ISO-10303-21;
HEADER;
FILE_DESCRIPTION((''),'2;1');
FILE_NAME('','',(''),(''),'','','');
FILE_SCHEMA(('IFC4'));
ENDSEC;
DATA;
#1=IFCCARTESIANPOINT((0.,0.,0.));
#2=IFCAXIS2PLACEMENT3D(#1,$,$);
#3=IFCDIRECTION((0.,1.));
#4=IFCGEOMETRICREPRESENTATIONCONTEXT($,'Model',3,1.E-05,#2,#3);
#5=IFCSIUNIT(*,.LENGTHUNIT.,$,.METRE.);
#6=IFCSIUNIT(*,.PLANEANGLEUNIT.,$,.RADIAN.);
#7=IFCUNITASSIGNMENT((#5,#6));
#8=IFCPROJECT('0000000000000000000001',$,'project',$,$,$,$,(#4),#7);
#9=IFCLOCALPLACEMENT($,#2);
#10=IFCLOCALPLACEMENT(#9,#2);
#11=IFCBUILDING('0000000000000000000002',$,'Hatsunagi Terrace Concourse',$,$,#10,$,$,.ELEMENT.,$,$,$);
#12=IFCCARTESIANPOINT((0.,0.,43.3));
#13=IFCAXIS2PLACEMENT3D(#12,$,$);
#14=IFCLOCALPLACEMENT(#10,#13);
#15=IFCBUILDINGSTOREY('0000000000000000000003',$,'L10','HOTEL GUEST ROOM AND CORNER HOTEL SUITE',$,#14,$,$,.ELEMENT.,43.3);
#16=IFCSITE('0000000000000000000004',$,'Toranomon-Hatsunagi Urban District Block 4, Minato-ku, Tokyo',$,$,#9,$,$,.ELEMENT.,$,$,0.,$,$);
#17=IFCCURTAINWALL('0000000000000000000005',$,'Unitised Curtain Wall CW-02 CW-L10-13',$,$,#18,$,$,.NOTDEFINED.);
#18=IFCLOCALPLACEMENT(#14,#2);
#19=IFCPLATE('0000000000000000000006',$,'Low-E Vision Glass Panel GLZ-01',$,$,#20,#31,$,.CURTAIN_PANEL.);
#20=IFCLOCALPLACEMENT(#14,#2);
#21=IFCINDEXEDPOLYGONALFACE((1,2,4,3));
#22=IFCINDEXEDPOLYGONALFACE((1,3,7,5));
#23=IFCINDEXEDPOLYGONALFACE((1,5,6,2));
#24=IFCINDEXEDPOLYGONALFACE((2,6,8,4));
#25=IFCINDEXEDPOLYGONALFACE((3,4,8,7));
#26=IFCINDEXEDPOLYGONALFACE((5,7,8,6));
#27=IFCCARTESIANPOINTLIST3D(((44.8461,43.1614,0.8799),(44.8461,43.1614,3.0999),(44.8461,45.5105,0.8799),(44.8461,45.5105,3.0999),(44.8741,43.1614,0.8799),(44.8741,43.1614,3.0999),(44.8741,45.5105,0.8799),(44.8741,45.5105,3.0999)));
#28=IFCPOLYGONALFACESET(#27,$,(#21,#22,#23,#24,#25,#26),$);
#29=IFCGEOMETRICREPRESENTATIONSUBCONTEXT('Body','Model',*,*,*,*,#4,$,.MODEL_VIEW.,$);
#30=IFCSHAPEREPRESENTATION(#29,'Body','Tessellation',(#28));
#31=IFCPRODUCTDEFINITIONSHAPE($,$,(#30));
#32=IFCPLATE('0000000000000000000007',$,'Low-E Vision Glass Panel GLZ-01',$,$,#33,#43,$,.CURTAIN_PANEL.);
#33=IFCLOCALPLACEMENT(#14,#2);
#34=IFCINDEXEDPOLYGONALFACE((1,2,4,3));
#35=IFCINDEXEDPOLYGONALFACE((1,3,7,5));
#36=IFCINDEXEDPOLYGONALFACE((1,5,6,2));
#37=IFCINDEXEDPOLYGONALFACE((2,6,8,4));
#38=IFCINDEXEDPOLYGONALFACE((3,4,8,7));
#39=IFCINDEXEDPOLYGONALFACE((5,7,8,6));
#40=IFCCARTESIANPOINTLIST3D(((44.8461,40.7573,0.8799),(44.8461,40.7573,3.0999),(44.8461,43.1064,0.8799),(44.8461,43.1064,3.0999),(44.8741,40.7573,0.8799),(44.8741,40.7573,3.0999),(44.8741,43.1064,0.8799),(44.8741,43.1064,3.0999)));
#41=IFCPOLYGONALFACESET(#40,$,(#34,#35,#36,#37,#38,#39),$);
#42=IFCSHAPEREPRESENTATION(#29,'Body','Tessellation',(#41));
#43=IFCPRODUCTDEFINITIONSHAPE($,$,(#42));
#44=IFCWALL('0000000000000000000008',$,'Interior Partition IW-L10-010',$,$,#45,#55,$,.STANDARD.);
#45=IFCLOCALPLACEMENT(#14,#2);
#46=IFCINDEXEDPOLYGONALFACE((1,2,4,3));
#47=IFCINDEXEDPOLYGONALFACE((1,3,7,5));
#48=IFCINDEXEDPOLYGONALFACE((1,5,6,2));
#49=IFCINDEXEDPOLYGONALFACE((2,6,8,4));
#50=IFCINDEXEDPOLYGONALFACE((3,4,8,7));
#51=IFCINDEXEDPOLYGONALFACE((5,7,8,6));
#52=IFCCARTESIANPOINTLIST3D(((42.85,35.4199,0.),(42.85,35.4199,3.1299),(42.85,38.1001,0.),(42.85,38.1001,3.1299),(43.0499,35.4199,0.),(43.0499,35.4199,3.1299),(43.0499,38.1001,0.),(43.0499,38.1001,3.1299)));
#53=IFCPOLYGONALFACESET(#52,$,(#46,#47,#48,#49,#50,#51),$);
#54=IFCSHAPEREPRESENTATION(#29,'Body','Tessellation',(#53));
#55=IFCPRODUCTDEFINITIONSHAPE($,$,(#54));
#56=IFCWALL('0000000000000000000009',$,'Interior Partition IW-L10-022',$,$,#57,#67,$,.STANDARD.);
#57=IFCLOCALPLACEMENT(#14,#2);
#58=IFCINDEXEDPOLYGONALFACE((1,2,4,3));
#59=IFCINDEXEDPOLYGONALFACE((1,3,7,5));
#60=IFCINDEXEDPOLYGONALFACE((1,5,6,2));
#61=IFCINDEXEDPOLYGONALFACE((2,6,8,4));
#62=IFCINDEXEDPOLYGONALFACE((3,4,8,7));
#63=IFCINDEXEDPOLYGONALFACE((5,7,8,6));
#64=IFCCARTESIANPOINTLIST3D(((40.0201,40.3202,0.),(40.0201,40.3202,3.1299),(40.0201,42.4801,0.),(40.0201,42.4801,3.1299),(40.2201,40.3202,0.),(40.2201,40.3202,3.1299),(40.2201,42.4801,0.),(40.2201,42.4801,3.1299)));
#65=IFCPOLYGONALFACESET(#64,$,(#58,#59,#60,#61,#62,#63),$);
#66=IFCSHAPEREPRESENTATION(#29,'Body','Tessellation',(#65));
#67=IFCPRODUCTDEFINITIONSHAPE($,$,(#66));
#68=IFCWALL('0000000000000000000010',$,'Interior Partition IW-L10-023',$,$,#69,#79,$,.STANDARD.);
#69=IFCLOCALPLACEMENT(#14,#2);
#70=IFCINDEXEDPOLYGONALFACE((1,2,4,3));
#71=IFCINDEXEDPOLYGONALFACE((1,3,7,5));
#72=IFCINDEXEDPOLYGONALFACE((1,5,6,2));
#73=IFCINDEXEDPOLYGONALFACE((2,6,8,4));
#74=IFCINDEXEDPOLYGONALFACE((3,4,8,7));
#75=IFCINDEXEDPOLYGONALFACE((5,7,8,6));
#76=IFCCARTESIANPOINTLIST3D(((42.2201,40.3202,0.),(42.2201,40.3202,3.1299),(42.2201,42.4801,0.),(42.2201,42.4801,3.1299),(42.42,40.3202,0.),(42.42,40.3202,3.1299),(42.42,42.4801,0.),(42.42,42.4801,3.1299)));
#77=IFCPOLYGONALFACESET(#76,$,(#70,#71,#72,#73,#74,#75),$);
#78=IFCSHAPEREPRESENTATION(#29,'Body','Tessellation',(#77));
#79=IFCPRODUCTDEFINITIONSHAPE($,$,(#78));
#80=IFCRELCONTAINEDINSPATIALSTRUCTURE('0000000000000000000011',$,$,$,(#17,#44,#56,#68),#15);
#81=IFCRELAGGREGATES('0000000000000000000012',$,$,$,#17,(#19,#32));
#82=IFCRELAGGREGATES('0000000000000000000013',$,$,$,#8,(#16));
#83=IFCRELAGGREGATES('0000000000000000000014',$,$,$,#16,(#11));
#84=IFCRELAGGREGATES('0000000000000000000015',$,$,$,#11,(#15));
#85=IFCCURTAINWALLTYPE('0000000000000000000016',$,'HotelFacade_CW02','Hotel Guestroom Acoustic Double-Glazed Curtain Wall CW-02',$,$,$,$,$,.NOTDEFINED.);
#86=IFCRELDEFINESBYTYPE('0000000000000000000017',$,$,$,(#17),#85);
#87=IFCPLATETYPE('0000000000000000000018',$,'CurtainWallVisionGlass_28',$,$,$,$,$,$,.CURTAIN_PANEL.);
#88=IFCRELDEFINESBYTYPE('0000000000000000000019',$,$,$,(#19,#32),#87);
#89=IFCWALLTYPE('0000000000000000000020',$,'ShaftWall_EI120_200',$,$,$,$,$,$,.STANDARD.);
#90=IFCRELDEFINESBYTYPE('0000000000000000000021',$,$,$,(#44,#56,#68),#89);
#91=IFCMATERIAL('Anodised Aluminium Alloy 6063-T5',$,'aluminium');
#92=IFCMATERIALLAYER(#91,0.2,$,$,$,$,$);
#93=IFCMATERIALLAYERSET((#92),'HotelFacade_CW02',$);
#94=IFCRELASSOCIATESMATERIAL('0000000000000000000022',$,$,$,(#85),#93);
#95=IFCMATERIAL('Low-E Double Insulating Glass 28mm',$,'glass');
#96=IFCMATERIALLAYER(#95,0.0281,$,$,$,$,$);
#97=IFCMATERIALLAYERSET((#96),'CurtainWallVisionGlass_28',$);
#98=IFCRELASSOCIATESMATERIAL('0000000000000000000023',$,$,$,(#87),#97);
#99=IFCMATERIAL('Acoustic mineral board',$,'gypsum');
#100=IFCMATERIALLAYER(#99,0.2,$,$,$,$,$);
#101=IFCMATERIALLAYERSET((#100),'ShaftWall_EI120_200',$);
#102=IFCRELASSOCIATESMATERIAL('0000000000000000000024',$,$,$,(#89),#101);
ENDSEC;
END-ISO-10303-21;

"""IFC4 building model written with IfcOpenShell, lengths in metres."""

from ifc_helpers import new_model, si_unit, direction, frame, frame_2d, origin, origin_2d, place, context, subcontext, project, spatial, rectangle, extrude, material, layer, layer_set, type_object, element, aggregate, save


model = new_model("IFC4")

# Units and contexts
model_context = context("Model", 3, precision=1e-05, world=origin(), true_north=direction((0.0, 1.0)))
body_context = subcontext(model_context, "Body", "Model", "MODEL_VIEW")
ifc_project = project(units=[si_unit("LENGTHUNIT", "METRE"), si_unit("PLANEANGLEUNIT", "RADIAN")], contexts=[model_context])

# Site, building, storey
site_placement = place(None, origin())
site = spatial("IfcSite", under=ifc_project, at=site_placement, Name="Toranomon-Hatsunagi Urban District Block 4, Minato-ku, Tokyo", CompositionType="ELEMENT", RefElevation=0.0)
building_placement = place(site_placement, origin())
building = spatial("IfcBuilding", under=site, at=building_placement, Name="Hatsunagi Terrace Concourse", CompositionType="ELEMENT")
storey_placement = place(building_placement, frame((0.0, 0.0, 43.3)))
storey = spatial("IfcBuildingStorey", under=building, at=storey_placement, Name="L10", Description="HOTEL GUEST ROOM AND CORNER HOTEL SUITE", CompositionType="ELEMENT", Elevation=43.3)

# Curtain wall
ifc_material_1 = material(Name="Anodised Aluminium Alloy 6063-T5", Category="aluminium")
ifc_layer_1 = layer(ifc_material_1, 0.2)
ifc_layer_set_1 = layer_set([ifc_layer_1], Name="HotelFacade_CW02")
curtain_wall_type = type_object("IfcCurtainWallType", Name="HotelFacade_CW02", Description="Hotel Guestroom Acoustic Double-Glazed Curtain Wall CW-02", PredefinedType="NOTDEFINED", material=ifc_layer_set_1)
curtain_wall_placement = place(storey_placement, origin())
curtain_wall = element("IfcCurtainWall", 1, at=curtain_wall_placement, inside=storey, type_object=curtain_wall_type, Name="Unitised Curtain Wall CW-02 CW-L10-13", PredefinedType="NOTDEFINED")

# Plates
ifc_material_2 = material(Name="Low-E Double Insulating Glass 28mm", Category="glass")
ifc_layer_2 = layer(ifc_material_2, 0.0281)
ifc_layer_set_2 = layer_set([ifc_layer_2], Name="CurtainWallVisionGlass_28")
plate_type_1 = type_object("IfcPlateType", Name="CurtainWallVisionGlass_28", PredefinedType="CURTAIN_PANEL", material=ifc_layer_set_2)
plate_1_placement = place(storey_placement, frame((44.8601, 44.3359, 0.8799), z_axis=(0.0, 0.0, 1.0), x_axis=(0.0, -1.0, 0.0)))
plate_1 = element("IfcPlate", 2, at=plate_1_placement, type_object=plate_type_1, Name="Low-E Vision Glass Panel GLZ-01", PredefinedType="CURTAIN_PANEL", context=body_context, shape_type="SweptSolid", body=[
    extrude(rectangle(XDim=2.3491, YDim=0.0281, at=origin_2d()), origin(), (0.0, 0.0, 1.0), 2.22),
])
plate_2_placement = place(storey_placement, frame((44.8601, 41.9319, 0.8799), z_axis=(0.0, 0.0, 1.0), x_axis=(0.0, -1.0, 0.0)))
plate_2 = element("IfcPlate", 3, at=plate_2_placement, type_object=plate_type_1, Name="Low-E Vision Glass Panel GLZ-01", PredefinedType="CURTAIN_PANEL", context=body_context, shape_type="SweptSolid", body=[
    extrude(rectangle(XDim=2.3491, YDim=0.0281, at=origin_2d()), origin(), (0.0, 0.0, 1.0), 2.22),
])
aggregate(curtain_wall, [plate_1, plate_2])

# Walls
ifc_material_3 = material(Name="Acoustic mineral board", Category="gypsum")
ifc_layer_3 = layer(ifc_material_3, 0.2)
ifc_layer_set_3 = layer_set([ifc_layer_3], Name="ShaftWall_EI120_200")
wall_type_1 = type_object("IfcWallType", Name="ShaftWall_EI120_200", PredefinedType="STANDARD", material=ifc_layer_set_3)
wall_1_placement = place(storey_placement, frame((42.95, 35.4199, 0.0), z_axis=(0.0, 0.0, 1.0), x_axis=(0.0, 1.0, 0.0)))
element("IfcWall", 4, at=wall_1_placement, inside=storey, type_object=wall_type_1, Name="Interior Partition IW-L10-010", PredefinedType="STANDARD", context=body_context, shape_type="SweptSolid", body=[
    extrude(rectangle(XDim=2.6802, YDim=0.2, at=frame_2d((1.3401, 0.0))), origin(), (0.0, 0.0, 1.0), 3.1299),
])
for number, where, z_axis, x_axis, name in (
    (5, (40.1201, 40.3201, 0.0), (0.0, 0.0, 1.0), (0.0, 1.0, 0.0), "Interior Partition IW-L10-022"),
    (6, (42.3201, 40.3201, 0.0), (0.0, 0.0, 1.0), (0.0, 1.0, 0.0), "Interior Partition IW-L10-023"),
):
    element("IfcWall", number, at=place(storey_placement, frame(where, z_axis=z_axis, x_axis=x_axis)), inside=storey, type_object=wall_type_1, Name=name, PredefinedType="STANDARD", context=body_context, shape_type="SweptSolid", body=[
        extrude(rectangle(XDim=2.1599, YDim=0.2, at=frame_2d((1.0801, 0.0))), origin(), (0.0, 0.0, 1.0), 3.1299),
    ])

save(model, "model.ifc")
